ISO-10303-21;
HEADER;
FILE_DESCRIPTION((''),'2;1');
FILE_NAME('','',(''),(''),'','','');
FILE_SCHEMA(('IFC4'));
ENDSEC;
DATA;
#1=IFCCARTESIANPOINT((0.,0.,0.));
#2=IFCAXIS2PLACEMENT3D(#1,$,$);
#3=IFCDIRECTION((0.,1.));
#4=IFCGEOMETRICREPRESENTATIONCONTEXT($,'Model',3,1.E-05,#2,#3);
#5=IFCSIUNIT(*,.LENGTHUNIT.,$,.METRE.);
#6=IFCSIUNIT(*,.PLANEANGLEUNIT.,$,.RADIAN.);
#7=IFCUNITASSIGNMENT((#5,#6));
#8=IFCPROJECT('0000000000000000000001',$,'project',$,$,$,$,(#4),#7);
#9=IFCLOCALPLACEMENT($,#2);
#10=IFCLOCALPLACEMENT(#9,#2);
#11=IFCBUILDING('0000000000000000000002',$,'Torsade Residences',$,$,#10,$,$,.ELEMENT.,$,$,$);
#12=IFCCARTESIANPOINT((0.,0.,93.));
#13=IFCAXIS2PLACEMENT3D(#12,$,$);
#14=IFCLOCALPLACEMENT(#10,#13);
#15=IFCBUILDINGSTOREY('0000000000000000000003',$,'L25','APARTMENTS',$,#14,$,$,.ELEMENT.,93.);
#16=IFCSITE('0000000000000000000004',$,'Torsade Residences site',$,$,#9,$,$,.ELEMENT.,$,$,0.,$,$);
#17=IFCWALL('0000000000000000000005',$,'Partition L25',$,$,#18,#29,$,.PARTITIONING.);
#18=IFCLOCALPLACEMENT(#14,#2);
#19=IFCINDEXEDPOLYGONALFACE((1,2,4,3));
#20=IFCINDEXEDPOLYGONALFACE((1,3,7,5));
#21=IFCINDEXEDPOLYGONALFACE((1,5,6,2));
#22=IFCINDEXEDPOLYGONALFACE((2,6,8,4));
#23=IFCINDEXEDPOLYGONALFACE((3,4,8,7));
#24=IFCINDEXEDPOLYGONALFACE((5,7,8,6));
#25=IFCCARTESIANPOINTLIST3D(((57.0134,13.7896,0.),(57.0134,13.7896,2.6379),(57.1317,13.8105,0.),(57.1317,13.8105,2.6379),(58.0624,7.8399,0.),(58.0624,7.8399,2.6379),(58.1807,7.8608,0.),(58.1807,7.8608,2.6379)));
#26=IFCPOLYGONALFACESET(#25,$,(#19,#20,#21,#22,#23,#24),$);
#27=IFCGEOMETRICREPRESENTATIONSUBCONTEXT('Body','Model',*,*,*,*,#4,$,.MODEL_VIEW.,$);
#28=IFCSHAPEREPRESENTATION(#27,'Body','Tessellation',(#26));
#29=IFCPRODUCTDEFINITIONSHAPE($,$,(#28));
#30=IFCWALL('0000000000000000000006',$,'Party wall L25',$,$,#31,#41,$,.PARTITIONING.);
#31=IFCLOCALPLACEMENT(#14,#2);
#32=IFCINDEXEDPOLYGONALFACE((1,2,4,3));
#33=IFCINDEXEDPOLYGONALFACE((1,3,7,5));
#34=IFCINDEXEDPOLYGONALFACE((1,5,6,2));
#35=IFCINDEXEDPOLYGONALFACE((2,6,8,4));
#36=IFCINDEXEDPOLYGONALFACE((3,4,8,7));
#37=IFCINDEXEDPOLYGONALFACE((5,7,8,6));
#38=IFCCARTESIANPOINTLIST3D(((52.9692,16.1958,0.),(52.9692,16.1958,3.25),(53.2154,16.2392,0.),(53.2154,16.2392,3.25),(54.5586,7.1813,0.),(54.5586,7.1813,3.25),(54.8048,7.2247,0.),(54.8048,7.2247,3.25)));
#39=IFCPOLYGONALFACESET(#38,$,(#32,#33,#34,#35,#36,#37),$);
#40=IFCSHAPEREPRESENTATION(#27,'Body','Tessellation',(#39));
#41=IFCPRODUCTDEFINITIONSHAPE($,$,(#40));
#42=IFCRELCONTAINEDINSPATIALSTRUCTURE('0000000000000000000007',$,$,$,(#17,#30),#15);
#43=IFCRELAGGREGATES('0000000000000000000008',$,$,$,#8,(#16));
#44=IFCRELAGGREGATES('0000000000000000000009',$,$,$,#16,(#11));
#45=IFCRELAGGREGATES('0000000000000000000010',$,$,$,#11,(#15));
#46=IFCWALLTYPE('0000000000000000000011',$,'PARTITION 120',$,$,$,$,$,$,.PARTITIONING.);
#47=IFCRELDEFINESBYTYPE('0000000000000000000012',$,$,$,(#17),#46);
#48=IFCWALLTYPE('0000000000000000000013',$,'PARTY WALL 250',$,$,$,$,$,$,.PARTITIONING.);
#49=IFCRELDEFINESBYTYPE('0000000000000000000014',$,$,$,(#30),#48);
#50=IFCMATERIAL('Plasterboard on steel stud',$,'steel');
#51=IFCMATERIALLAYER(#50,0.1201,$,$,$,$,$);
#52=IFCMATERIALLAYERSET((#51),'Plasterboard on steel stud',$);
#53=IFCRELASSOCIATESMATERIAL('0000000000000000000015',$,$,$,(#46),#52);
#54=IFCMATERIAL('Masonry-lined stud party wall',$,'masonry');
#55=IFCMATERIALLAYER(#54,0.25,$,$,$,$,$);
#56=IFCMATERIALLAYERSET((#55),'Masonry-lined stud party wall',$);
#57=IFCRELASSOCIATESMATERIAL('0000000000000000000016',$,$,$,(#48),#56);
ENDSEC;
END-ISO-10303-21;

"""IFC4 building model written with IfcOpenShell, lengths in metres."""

from ifc_helpers import new_model, si_unit, direction, frame, frame_2d, origin, place, context, subcontext, project, spatial, rectangle, extrude, material, layer, layer_set, type_object, element, save


model = new_model("IFC4")

# Units and contexts
model_context = context("Model", 3, precision=1e-05, world=origin(), true_north=direction((0.0, 1.0)))
body_context = subcontext(model_context, "Body", "Model", "MODEL_VIEW")
ifc_project = project(units=[si_unit("LENGTHUNIT", "METRE"), si_unit("PLANEANGLEUNIT", "RADIAN")], contexts=[model_context])

# Site, building, storey
site_placement = place(None, origin())
site = spatial("IfcSite", under=ifc_project, at=site_placement, Name="Torsade Residences site", CompositionType="ELEMENT", RefElevation=0.0)
building_placement = place(site_placement, origin())
building = spatial("IfcBuilding", under=site, at=building_placement, Name="Torsade Residences", CompositionType="ELEMENT")
storey_placement = place(building_placement, frame((0.0, 0.0, 93.0)))
storey = spatial("IfcBuildingStorey", under=building, at=storey_placement, Name="L25", Description="APARTMENTS", CompositionType="ELEMENT", Elevation=93.0)

# Shared definitions
ifc_material_1 = material(Name="Plasterboard on steel stud", Category="steel")
ifc_layer_1 = layer(ifc_material_1, 0.1201)
ifc_layer_set_1 = layer_set([ifc_layer_1], Name="Plasterboard on steel stud")
wall_type_1 = type_object("IfcWallType", Name="PARTITION 120", PredefinedType="PARTITIONING", material=ifc_layer_set_1)

# Walls
wall_1_placement = place(storey_placement, frame((58.1216, 7.8503, 0.0), z_axis=(0.0, 0.0, 1.0), x_axis=(-0.173645, 0.984808, 0.0)))
element("IfcWall", 1, at=wall_1_placement, inside=storey, type_object=wall_type_1, Name="Partition L25", PredefinedType="PARTITIONING", context=body_context, shape_type="SweptSolid", body=[
    extrude(rectangle(XDim=6.0415, YDim=0.1201, at=frame_2d((3.0208, 0.0))), origin(), (0.0, 0.0, 1.0), 2.6379),
])
ifc_material_2 = material(Name="Masonry-lined stud party wall", Category="masonry")
ifc_layer_2 = layer(ifc_material_2, 0.25)
ifc_layer_set_2 = layer_set([ifc_layer_2], Name="Masonry-lined stud party wall")
wall_type_2 = type_object("IfcWallType", Name="PARTY WALL 250", PredefinedType="PARTITIONING", material=ifc_layer_set_2)
wall_2_placement = place(storey_placement, frame((54.6816, 7.2031, 0.0), z_axis=(0.0, 0.0, 1.0), x_axis=(-0.17363, 0.984811, 0.0)))
element("IfcWall", 2, at=wall_2_placement, inside=storey, type_object=wall_type_2, Name="Party wall L25", PredefinedType="PARTITIONING", context=body_context, shape_type="SweptSolid", body=[
    extrude(rectangle(XDim=9.1536, YDim=0.25, at=frame_2d((4.5767, 0.0))), origin(), (0.0, 0.0, 1.0), 3.25),
])

save(model, "model.ifc")
